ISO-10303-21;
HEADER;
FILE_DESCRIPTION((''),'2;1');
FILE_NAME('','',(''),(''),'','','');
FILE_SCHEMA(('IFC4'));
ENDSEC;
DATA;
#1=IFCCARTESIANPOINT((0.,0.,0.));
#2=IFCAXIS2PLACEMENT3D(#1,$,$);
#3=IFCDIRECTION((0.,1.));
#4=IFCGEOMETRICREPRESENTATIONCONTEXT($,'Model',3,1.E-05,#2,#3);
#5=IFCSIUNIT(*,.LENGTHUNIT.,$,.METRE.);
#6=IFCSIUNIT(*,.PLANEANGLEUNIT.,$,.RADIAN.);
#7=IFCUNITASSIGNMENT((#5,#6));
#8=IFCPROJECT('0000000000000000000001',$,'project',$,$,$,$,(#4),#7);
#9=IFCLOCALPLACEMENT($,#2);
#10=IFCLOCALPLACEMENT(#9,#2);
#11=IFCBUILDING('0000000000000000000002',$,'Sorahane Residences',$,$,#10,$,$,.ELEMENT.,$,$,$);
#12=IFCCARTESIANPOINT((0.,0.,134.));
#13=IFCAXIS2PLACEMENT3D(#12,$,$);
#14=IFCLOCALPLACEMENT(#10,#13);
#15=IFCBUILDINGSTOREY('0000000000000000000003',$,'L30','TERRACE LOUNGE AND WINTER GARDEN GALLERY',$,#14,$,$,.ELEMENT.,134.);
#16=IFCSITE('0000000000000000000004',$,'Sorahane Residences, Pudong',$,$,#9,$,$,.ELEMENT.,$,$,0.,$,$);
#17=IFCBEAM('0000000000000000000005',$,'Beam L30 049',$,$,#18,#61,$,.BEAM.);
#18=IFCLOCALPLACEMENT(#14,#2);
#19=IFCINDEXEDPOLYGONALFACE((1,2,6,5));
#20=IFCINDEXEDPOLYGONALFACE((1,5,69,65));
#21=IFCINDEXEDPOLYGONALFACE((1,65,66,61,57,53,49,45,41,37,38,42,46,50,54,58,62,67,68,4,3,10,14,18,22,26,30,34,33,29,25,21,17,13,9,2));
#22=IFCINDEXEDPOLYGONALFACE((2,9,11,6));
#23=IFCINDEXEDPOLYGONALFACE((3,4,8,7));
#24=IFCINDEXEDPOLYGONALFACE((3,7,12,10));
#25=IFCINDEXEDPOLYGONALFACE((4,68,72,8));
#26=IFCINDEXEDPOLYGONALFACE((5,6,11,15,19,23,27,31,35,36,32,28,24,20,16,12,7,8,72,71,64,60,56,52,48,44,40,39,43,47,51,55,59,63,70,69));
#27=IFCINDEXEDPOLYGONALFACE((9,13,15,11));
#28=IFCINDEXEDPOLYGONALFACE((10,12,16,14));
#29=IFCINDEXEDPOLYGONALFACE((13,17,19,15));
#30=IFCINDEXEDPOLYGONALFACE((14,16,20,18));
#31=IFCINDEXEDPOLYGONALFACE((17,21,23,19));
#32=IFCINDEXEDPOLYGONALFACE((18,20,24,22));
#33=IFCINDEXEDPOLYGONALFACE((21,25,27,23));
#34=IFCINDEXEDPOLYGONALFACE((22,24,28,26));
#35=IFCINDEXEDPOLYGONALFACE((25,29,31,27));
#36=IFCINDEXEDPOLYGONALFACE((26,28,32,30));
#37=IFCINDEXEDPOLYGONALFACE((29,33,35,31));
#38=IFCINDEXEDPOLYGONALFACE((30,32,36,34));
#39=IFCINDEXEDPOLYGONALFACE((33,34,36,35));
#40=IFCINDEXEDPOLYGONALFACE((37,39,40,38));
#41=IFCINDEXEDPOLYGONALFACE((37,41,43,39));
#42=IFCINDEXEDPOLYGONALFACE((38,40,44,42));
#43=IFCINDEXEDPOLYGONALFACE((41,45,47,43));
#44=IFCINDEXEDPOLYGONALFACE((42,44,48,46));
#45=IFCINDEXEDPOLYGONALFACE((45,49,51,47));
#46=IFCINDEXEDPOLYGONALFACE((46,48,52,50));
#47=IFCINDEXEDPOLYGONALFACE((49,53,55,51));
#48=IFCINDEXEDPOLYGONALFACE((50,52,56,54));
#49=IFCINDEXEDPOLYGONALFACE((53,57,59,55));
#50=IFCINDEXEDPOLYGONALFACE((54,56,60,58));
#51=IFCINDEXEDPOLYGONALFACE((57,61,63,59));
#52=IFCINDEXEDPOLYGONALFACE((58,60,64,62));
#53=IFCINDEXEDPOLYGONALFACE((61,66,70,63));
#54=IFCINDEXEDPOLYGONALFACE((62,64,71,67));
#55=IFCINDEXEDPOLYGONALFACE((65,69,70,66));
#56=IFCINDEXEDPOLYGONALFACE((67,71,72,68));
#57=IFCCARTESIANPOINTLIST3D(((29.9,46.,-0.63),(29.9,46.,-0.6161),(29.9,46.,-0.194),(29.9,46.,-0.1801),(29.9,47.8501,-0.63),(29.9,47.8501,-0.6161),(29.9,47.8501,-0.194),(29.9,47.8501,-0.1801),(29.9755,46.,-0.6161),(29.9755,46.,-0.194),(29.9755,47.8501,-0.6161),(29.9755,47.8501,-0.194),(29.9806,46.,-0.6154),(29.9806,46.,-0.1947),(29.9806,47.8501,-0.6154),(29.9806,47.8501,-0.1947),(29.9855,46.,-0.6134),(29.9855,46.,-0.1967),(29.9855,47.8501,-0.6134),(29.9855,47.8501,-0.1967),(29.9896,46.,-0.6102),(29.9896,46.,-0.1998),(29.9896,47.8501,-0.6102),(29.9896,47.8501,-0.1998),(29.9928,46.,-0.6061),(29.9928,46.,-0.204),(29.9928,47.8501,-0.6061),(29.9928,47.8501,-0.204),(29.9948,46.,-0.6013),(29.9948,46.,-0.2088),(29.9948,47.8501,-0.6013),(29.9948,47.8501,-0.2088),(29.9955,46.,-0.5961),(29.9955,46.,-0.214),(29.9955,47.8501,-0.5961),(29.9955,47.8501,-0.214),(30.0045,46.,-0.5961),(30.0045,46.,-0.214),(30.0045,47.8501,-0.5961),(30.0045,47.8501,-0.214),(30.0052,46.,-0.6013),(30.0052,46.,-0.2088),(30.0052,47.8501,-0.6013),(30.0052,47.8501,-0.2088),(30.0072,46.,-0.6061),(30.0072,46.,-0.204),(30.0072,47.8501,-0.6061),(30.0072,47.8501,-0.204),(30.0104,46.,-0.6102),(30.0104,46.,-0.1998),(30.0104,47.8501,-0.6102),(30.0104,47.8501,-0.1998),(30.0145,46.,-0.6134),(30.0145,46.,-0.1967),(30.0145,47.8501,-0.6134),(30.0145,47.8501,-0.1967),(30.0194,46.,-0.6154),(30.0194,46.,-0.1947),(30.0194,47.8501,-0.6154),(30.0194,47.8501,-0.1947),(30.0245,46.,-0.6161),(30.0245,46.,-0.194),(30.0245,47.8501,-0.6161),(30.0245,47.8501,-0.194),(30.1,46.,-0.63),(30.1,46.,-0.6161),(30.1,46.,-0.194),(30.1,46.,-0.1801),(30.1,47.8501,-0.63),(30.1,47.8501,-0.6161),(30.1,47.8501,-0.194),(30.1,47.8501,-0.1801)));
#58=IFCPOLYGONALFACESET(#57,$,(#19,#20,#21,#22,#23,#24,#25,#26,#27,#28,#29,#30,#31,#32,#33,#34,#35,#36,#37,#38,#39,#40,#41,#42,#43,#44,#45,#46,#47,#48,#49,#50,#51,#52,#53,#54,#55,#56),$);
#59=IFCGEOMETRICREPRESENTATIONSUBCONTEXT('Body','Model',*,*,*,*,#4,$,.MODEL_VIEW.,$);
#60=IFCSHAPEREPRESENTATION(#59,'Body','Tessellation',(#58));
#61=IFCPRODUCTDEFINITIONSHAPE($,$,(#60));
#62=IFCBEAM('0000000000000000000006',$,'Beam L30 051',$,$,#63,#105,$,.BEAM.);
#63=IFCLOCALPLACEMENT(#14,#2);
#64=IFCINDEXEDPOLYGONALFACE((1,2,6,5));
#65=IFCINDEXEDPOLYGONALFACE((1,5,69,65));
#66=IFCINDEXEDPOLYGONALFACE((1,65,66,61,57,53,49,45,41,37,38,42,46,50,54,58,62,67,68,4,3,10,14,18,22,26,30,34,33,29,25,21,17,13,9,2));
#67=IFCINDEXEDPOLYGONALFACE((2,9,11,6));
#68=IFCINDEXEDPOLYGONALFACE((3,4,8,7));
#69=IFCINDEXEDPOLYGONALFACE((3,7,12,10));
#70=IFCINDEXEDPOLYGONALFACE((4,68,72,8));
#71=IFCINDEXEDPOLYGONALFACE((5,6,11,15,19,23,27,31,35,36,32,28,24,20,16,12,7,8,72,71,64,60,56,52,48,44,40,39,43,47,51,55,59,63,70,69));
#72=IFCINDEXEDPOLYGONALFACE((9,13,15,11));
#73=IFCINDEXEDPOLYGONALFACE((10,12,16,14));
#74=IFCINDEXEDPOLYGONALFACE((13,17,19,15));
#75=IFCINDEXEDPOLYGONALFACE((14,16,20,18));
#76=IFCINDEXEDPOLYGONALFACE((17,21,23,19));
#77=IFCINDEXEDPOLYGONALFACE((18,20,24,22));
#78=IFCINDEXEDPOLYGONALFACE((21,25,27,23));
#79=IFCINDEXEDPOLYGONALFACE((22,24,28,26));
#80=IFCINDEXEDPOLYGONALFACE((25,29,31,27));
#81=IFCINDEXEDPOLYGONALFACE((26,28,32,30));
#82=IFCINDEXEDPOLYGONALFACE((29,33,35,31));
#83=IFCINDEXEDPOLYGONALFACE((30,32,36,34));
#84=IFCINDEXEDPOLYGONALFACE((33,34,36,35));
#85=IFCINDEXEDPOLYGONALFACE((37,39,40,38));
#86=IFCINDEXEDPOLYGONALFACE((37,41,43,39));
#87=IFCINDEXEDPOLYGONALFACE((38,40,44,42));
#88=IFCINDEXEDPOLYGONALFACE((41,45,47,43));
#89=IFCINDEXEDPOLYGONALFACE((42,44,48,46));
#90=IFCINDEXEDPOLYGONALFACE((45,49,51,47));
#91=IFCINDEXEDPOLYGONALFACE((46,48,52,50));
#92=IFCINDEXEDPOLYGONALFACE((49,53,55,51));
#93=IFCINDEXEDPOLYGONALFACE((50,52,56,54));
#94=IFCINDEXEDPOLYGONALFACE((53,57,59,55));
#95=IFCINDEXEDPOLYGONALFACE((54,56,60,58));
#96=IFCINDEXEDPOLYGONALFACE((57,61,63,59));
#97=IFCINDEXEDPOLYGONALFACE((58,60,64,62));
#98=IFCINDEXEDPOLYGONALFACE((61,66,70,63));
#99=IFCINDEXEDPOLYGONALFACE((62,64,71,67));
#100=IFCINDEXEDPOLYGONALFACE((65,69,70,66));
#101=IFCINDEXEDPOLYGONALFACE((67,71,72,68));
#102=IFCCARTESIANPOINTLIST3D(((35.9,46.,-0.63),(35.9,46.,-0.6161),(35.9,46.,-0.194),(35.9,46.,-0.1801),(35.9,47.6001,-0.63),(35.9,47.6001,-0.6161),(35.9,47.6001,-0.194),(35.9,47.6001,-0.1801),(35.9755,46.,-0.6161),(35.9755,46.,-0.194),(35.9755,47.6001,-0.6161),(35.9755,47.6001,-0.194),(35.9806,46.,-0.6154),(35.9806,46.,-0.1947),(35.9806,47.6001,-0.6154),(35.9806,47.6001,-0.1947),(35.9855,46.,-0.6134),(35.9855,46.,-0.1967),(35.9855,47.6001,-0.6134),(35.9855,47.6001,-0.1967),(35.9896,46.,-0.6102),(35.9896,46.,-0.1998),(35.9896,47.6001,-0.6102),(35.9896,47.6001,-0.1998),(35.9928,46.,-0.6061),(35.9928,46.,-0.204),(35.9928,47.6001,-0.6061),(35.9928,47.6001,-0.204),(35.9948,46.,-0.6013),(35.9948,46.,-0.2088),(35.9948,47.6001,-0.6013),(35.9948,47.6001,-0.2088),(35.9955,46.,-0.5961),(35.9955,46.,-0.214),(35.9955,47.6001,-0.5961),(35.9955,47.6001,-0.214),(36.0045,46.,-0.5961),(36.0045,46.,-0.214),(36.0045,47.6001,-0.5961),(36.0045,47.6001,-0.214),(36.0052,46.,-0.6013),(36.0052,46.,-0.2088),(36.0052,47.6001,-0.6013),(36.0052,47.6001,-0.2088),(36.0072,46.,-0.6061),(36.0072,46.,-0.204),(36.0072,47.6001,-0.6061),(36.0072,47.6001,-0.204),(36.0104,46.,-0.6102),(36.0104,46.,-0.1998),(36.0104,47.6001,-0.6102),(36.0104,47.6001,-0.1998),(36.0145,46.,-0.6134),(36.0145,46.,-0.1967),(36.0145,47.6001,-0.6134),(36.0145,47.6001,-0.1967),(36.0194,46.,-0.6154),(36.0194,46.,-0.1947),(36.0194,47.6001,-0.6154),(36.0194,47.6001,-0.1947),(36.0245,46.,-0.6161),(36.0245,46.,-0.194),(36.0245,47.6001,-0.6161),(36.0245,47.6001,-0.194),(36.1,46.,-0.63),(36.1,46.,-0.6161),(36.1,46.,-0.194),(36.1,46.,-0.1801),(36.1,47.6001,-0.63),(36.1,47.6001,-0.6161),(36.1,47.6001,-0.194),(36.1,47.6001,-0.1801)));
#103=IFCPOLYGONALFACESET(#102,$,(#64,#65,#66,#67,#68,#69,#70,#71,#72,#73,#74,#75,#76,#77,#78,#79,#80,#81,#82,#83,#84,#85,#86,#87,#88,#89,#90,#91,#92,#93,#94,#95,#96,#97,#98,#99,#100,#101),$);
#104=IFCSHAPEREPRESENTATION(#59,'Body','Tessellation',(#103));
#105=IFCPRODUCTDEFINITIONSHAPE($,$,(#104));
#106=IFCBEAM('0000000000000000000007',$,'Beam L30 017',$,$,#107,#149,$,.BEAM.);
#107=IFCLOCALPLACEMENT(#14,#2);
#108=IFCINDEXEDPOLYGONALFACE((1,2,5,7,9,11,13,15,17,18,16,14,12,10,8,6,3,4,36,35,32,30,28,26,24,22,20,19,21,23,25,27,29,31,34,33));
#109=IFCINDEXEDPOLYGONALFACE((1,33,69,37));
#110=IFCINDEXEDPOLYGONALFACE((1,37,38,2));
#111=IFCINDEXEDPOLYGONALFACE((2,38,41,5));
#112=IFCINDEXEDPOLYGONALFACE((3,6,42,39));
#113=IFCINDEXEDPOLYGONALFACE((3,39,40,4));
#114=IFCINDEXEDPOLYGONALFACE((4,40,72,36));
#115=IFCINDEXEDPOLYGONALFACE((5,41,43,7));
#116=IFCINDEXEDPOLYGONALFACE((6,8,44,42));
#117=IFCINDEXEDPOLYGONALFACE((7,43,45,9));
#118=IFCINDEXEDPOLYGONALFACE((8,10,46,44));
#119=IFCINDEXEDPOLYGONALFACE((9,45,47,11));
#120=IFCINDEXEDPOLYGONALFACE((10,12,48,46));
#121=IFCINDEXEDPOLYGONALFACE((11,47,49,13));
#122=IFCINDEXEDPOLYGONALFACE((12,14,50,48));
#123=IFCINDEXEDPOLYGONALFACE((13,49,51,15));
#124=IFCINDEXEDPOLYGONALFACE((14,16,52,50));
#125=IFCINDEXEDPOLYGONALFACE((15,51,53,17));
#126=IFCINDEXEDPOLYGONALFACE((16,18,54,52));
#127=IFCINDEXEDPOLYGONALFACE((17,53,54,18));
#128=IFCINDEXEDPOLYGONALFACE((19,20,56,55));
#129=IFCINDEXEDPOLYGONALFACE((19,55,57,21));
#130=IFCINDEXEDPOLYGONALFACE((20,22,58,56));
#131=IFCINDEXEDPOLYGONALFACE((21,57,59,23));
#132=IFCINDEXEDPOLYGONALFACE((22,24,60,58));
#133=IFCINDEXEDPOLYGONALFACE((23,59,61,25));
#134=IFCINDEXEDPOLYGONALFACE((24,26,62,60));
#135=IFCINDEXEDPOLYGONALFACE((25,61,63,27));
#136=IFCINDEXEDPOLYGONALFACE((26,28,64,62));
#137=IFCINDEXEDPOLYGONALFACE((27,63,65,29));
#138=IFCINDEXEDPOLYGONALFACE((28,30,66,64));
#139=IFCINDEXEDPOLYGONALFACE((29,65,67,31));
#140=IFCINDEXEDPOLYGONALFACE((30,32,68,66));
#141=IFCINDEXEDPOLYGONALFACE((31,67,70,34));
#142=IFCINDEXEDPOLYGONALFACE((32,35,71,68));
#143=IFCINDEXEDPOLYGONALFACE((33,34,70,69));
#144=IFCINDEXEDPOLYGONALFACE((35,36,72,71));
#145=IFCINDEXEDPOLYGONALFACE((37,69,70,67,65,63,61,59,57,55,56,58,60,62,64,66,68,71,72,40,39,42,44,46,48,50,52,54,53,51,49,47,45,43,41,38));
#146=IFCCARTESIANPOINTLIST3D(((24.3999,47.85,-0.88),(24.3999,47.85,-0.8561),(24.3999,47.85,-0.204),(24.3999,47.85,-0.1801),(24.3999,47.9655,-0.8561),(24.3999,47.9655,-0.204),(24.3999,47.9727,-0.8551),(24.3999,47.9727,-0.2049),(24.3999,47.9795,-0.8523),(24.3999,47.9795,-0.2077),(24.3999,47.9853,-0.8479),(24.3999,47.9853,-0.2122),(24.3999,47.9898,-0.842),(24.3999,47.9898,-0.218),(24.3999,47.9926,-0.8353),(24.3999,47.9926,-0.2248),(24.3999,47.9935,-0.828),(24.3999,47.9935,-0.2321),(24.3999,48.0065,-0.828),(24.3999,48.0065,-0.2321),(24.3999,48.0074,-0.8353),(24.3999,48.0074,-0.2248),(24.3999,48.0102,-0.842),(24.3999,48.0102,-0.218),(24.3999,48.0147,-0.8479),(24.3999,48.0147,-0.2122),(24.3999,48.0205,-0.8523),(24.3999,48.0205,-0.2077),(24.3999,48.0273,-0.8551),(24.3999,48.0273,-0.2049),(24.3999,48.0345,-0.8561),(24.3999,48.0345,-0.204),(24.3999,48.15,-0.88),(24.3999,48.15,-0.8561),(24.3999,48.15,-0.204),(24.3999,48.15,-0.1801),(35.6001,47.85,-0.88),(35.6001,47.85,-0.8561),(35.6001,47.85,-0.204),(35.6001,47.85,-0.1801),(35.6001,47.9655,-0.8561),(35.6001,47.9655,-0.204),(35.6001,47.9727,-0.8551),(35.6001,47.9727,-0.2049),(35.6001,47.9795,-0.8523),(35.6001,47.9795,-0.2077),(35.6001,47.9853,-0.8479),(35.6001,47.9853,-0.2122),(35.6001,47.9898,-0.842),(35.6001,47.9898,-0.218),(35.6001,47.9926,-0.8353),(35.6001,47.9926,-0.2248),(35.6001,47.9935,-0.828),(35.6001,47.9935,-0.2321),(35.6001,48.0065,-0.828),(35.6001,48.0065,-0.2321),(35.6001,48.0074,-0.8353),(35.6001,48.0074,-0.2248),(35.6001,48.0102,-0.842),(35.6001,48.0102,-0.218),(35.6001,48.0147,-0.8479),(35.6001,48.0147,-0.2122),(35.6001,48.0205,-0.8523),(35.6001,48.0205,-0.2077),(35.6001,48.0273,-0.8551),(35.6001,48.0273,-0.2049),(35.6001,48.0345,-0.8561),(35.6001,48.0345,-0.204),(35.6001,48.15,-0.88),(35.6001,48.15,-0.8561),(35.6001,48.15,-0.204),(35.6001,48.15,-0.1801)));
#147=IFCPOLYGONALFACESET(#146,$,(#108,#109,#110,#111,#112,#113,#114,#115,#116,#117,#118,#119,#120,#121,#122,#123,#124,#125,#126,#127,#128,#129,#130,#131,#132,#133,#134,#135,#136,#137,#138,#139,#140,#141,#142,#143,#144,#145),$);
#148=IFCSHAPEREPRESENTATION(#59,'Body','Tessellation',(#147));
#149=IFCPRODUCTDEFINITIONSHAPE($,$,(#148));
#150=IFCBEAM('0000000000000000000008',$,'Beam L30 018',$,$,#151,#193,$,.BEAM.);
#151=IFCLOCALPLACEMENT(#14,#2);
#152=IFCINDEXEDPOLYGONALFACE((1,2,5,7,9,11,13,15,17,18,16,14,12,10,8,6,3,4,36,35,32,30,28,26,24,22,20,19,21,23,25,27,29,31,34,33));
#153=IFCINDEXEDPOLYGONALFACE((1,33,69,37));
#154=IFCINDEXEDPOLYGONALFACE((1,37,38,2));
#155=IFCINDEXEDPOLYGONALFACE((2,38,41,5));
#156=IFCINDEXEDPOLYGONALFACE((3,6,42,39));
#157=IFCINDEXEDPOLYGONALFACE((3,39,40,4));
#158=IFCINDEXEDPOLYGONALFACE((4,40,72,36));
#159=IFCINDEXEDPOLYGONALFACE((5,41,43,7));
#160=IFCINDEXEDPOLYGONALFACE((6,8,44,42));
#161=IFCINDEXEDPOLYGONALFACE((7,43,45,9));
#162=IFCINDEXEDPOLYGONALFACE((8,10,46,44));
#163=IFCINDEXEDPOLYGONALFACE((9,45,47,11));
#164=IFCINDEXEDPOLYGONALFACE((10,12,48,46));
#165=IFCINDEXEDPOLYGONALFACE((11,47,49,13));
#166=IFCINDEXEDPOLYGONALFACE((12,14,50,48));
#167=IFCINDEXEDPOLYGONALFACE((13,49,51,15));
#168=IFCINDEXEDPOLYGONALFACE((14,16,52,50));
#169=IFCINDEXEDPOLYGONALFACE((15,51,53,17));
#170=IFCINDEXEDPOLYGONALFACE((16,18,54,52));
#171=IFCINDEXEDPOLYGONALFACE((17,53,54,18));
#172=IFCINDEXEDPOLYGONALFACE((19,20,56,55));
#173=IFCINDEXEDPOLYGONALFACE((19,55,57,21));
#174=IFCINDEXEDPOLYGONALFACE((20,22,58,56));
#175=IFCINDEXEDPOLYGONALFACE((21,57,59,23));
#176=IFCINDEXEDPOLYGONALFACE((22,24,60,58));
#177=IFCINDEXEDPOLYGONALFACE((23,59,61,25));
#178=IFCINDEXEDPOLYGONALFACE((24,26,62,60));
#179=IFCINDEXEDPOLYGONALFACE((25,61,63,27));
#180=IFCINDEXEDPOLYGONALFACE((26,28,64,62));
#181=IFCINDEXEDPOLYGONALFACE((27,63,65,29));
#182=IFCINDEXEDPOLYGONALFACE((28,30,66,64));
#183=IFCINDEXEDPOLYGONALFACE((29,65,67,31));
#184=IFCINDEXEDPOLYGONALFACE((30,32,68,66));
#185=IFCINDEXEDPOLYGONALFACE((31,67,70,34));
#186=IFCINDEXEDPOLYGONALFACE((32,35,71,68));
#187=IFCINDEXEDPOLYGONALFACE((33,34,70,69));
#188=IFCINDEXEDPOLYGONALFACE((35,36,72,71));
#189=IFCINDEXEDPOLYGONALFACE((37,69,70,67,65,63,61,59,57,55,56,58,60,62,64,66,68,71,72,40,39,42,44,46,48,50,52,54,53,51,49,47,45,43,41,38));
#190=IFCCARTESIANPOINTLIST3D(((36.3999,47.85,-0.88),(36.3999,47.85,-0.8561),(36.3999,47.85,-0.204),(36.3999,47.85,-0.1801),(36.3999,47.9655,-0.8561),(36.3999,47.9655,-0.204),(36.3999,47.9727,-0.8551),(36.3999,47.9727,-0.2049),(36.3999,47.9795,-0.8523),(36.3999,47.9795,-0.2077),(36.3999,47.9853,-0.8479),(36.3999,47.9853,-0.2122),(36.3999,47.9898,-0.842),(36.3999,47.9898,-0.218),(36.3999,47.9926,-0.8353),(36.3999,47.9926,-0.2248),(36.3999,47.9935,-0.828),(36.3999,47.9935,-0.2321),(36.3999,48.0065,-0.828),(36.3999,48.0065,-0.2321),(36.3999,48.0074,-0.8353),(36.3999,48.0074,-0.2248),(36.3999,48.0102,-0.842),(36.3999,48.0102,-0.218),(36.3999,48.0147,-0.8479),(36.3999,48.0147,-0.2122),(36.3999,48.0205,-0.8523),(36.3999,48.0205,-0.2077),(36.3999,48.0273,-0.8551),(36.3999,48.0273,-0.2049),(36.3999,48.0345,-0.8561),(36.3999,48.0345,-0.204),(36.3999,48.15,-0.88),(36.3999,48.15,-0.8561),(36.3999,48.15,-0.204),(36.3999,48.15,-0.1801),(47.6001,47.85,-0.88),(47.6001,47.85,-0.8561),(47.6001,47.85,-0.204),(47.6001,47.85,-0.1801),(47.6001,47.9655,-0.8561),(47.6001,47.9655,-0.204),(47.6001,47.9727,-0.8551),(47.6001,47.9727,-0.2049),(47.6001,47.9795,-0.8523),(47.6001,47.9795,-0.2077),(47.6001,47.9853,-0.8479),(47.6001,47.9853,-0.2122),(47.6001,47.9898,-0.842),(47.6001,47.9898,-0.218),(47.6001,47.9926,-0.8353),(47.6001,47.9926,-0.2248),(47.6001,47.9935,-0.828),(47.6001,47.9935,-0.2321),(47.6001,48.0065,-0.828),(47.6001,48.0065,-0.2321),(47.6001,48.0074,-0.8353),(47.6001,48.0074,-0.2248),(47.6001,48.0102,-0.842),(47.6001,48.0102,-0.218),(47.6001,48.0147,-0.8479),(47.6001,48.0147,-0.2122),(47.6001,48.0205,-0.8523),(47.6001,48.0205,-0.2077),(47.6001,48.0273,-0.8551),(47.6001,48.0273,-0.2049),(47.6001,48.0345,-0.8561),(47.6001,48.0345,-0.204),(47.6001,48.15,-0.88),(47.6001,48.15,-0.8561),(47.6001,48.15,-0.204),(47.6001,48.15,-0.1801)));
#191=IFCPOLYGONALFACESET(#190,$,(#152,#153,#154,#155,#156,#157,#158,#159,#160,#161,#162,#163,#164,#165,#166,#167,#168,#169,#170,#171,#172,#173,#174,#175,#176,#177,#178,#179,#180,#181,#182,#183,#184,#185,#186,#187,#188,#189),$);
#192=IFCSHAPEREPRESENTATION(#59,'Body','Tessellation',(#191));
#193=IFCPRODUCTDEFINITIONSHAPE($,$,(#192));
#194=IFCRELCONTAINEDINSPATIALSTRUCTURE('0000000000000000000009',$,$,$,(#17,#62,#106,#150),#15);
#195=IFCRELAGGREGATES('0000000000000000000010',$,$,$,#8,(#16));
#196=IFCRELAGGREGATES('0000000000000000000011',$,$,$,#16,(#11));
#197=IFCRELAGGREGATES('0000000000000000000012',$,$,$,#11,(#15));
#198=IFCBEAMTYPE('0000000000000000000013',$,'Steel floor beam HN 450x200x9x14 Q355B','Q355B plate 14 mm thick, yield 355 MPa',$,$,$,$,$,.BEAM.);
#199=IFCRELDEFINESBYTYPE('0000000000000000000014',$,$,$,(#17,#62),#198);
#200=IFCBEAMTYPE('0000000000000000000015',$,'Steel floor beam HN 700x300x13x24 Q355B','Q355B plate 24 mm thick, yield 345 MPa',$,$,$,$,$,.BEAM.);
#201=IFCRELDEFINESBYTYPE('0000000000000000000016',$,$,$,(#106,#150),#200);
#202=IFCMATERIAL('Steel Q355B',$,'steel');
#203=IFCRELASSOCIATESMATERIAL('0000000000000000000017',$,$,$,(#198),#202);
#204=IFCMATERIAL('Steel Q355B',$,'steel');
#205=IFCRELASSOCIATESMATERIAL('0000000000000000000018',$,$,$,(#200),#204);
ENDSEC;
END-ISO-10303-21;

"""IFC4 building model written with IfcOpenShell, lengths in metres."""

from ifc_helpers import new_model, si_unit, direction, frame, origin, origin_2d, place, context, subcontext, project, spatial, i_section, extrude, material, material_profile, profile_set, type_object, element, save


model = new_model("IFC4")

# Units and contexts
model_context = context("Model", 3, precision=1e-05, world=origin(), true_north=direction((0.0, 1.0)))
body_context = subcontext(model_context, "Body", "Model", "MODEL_VIEW")
ifc_project = project(units=[si_unit("LENGTHUNIT", "METRE"), si_unit("PLANEANGLEUNIT", "RADIAN")], contexts=[model_context])

# Site, building, storey
site_placement = place(None, origin())
site = spatial("IfcSite", under=ifc_project, at=site_placement, Name="Sorahane Residences, Pudong", CompositionType="ELEMENT", RefElevation=0.0)
building_placement = place(site_placement, origin())
building = spatial("IfcBuilding", under=site, at=building_placement, Name="Sorahane Residences", CompositionType="ELEMENT")
storey_placement = place(building_placement, frame((0.0, 0.0, 134.0)))
storey = spatial("IfcBuildingStorey", under=building, at=storey_placement, Name="L30", Description="TERRACE LOUNGE AND WINTER GARDEN GALLERY", CompositionType="ELEMENT", Elevation=134.0)

# Beams
ifc_material_1 = material(Name="Steel Q355B", Category="steel")
ifc_material_profile_1 = material_profile(ifc_material_1, i_section(OverallWidth=0.2, OverallDepth=0.45, WebThickness=0.009, FlangeThickness=0.0139, FilletRadius=0.02, at=origin_2d()), Name="HN 450x200x9x14")
ifc_profile_set_1 = profile_set([ifc_material_profile_1], Name="Steel Q355B")
beam_type_1 = type_object("IfcBeamType", Name="Steel floor beam HN 450x200x9x14 Q355B", Description="Q355B plate 14 mm thick, yield 355 MPa", PredefinedType="BEAM", material=ifc_profile_set_1)
beam_1_placement = place(storey_placement, frame((30.0, 46.0, -0.405), z_axis=(0.0, 1.0, 0.0), x_axis=(-1.0, 0.0, 0.0)))
element("IfcBeam", 1, at=beam_1_placement, inside=storey, type_object=beam_type_1, Name="Beam L30 049", PredefinedType="BEAM", context=body_context, shape_type="SweptSolid", body=[
    extrude(i_section(OverallWidth=0.2, OverallDepth=0.45, WebThickness=0.009, FlangeThickness=0.0139, FilletRadius=0.02, at=origin_2d()), origin(), (0.0, 0.0, 1.0), 1.8501),
])
beam_2_placement = place(storey_placement, frame((36.0, 46.0, -0.405), z_axis=(0.0, 1.0, 0.0), x_axis=(-1.0, 0.0, 0.0)))
element("IfcBeam", 2, at=beam_2_placement, inside=storey, type_object=beam_type_1, Name="Beam L30 051", PredefinedType="BEAM", context=body_context, shape_type="SweptSolid", body=[
    extrude(i_section(OverallWidth=0.2, OverallDepth=0.45, WebThickness=0.009, FlangeThickness=0.0139, FilletRadius=0.02, at=origin_2d()), origin(), (0.0, 0.0, 1.0), 1.6001),
])
ifc_material_2 = material(Name="Steel Q355B", Category="steel")
ifc_material_profile_2 = material_profile(ifc_material_2, i_section(OverallWidth=0.3, OverallDepth=0.7, WebThickness=0.0129, FlangeThickness=0.0239, FilletRadius=0.0281, at=origin_2d()), Name="HN 700x300x13x24")
ifc_profile_set_2 = profile_set([ifc_material_profile_2], Name="Steel Q355B")
beam_type_2 = type_object("IfcBeamType", Name="Steel floor beam HN 700x300x13x24 Q355B", Description="Q355B plate 24 mm thick, yield 345 MPa", PredefinedType="BEAM", material=ifc_profile_set_2)
for number, where, z_axis, x_axis, name in (
    (3, (24.3999, 48.0, -0.53), (1.0, 0.0, 0.0), (0.0, 1.0, 0.0), "Beam L30 017"),
    (4, (36.3999, 48.0, -0.53), (1.0, 0.0, 0.0), (0.0, 1.0, 0.0), "Beam L30 018"),
):
    element("IfcBeam", number, at=place(storey_placement, frame(where, z_axis=z_axis, x_axis=x_axis)), inside=storey, type_object=beam_type_2, Name=name, PredefinedType="BEAM", context=body_context, shape_type="SweptSolid", body=[
        extrude(i_section(OverallWidth=0.3, OverallDepth=0.7, WebThickness=0.0129, FlangeThickness=0.0239, FilletRadius=0.0281, at=origin_2d()), origin(), (0.0, 0.0, 1.0), 11.2002),
    ])

save(model, "model.ifc")
